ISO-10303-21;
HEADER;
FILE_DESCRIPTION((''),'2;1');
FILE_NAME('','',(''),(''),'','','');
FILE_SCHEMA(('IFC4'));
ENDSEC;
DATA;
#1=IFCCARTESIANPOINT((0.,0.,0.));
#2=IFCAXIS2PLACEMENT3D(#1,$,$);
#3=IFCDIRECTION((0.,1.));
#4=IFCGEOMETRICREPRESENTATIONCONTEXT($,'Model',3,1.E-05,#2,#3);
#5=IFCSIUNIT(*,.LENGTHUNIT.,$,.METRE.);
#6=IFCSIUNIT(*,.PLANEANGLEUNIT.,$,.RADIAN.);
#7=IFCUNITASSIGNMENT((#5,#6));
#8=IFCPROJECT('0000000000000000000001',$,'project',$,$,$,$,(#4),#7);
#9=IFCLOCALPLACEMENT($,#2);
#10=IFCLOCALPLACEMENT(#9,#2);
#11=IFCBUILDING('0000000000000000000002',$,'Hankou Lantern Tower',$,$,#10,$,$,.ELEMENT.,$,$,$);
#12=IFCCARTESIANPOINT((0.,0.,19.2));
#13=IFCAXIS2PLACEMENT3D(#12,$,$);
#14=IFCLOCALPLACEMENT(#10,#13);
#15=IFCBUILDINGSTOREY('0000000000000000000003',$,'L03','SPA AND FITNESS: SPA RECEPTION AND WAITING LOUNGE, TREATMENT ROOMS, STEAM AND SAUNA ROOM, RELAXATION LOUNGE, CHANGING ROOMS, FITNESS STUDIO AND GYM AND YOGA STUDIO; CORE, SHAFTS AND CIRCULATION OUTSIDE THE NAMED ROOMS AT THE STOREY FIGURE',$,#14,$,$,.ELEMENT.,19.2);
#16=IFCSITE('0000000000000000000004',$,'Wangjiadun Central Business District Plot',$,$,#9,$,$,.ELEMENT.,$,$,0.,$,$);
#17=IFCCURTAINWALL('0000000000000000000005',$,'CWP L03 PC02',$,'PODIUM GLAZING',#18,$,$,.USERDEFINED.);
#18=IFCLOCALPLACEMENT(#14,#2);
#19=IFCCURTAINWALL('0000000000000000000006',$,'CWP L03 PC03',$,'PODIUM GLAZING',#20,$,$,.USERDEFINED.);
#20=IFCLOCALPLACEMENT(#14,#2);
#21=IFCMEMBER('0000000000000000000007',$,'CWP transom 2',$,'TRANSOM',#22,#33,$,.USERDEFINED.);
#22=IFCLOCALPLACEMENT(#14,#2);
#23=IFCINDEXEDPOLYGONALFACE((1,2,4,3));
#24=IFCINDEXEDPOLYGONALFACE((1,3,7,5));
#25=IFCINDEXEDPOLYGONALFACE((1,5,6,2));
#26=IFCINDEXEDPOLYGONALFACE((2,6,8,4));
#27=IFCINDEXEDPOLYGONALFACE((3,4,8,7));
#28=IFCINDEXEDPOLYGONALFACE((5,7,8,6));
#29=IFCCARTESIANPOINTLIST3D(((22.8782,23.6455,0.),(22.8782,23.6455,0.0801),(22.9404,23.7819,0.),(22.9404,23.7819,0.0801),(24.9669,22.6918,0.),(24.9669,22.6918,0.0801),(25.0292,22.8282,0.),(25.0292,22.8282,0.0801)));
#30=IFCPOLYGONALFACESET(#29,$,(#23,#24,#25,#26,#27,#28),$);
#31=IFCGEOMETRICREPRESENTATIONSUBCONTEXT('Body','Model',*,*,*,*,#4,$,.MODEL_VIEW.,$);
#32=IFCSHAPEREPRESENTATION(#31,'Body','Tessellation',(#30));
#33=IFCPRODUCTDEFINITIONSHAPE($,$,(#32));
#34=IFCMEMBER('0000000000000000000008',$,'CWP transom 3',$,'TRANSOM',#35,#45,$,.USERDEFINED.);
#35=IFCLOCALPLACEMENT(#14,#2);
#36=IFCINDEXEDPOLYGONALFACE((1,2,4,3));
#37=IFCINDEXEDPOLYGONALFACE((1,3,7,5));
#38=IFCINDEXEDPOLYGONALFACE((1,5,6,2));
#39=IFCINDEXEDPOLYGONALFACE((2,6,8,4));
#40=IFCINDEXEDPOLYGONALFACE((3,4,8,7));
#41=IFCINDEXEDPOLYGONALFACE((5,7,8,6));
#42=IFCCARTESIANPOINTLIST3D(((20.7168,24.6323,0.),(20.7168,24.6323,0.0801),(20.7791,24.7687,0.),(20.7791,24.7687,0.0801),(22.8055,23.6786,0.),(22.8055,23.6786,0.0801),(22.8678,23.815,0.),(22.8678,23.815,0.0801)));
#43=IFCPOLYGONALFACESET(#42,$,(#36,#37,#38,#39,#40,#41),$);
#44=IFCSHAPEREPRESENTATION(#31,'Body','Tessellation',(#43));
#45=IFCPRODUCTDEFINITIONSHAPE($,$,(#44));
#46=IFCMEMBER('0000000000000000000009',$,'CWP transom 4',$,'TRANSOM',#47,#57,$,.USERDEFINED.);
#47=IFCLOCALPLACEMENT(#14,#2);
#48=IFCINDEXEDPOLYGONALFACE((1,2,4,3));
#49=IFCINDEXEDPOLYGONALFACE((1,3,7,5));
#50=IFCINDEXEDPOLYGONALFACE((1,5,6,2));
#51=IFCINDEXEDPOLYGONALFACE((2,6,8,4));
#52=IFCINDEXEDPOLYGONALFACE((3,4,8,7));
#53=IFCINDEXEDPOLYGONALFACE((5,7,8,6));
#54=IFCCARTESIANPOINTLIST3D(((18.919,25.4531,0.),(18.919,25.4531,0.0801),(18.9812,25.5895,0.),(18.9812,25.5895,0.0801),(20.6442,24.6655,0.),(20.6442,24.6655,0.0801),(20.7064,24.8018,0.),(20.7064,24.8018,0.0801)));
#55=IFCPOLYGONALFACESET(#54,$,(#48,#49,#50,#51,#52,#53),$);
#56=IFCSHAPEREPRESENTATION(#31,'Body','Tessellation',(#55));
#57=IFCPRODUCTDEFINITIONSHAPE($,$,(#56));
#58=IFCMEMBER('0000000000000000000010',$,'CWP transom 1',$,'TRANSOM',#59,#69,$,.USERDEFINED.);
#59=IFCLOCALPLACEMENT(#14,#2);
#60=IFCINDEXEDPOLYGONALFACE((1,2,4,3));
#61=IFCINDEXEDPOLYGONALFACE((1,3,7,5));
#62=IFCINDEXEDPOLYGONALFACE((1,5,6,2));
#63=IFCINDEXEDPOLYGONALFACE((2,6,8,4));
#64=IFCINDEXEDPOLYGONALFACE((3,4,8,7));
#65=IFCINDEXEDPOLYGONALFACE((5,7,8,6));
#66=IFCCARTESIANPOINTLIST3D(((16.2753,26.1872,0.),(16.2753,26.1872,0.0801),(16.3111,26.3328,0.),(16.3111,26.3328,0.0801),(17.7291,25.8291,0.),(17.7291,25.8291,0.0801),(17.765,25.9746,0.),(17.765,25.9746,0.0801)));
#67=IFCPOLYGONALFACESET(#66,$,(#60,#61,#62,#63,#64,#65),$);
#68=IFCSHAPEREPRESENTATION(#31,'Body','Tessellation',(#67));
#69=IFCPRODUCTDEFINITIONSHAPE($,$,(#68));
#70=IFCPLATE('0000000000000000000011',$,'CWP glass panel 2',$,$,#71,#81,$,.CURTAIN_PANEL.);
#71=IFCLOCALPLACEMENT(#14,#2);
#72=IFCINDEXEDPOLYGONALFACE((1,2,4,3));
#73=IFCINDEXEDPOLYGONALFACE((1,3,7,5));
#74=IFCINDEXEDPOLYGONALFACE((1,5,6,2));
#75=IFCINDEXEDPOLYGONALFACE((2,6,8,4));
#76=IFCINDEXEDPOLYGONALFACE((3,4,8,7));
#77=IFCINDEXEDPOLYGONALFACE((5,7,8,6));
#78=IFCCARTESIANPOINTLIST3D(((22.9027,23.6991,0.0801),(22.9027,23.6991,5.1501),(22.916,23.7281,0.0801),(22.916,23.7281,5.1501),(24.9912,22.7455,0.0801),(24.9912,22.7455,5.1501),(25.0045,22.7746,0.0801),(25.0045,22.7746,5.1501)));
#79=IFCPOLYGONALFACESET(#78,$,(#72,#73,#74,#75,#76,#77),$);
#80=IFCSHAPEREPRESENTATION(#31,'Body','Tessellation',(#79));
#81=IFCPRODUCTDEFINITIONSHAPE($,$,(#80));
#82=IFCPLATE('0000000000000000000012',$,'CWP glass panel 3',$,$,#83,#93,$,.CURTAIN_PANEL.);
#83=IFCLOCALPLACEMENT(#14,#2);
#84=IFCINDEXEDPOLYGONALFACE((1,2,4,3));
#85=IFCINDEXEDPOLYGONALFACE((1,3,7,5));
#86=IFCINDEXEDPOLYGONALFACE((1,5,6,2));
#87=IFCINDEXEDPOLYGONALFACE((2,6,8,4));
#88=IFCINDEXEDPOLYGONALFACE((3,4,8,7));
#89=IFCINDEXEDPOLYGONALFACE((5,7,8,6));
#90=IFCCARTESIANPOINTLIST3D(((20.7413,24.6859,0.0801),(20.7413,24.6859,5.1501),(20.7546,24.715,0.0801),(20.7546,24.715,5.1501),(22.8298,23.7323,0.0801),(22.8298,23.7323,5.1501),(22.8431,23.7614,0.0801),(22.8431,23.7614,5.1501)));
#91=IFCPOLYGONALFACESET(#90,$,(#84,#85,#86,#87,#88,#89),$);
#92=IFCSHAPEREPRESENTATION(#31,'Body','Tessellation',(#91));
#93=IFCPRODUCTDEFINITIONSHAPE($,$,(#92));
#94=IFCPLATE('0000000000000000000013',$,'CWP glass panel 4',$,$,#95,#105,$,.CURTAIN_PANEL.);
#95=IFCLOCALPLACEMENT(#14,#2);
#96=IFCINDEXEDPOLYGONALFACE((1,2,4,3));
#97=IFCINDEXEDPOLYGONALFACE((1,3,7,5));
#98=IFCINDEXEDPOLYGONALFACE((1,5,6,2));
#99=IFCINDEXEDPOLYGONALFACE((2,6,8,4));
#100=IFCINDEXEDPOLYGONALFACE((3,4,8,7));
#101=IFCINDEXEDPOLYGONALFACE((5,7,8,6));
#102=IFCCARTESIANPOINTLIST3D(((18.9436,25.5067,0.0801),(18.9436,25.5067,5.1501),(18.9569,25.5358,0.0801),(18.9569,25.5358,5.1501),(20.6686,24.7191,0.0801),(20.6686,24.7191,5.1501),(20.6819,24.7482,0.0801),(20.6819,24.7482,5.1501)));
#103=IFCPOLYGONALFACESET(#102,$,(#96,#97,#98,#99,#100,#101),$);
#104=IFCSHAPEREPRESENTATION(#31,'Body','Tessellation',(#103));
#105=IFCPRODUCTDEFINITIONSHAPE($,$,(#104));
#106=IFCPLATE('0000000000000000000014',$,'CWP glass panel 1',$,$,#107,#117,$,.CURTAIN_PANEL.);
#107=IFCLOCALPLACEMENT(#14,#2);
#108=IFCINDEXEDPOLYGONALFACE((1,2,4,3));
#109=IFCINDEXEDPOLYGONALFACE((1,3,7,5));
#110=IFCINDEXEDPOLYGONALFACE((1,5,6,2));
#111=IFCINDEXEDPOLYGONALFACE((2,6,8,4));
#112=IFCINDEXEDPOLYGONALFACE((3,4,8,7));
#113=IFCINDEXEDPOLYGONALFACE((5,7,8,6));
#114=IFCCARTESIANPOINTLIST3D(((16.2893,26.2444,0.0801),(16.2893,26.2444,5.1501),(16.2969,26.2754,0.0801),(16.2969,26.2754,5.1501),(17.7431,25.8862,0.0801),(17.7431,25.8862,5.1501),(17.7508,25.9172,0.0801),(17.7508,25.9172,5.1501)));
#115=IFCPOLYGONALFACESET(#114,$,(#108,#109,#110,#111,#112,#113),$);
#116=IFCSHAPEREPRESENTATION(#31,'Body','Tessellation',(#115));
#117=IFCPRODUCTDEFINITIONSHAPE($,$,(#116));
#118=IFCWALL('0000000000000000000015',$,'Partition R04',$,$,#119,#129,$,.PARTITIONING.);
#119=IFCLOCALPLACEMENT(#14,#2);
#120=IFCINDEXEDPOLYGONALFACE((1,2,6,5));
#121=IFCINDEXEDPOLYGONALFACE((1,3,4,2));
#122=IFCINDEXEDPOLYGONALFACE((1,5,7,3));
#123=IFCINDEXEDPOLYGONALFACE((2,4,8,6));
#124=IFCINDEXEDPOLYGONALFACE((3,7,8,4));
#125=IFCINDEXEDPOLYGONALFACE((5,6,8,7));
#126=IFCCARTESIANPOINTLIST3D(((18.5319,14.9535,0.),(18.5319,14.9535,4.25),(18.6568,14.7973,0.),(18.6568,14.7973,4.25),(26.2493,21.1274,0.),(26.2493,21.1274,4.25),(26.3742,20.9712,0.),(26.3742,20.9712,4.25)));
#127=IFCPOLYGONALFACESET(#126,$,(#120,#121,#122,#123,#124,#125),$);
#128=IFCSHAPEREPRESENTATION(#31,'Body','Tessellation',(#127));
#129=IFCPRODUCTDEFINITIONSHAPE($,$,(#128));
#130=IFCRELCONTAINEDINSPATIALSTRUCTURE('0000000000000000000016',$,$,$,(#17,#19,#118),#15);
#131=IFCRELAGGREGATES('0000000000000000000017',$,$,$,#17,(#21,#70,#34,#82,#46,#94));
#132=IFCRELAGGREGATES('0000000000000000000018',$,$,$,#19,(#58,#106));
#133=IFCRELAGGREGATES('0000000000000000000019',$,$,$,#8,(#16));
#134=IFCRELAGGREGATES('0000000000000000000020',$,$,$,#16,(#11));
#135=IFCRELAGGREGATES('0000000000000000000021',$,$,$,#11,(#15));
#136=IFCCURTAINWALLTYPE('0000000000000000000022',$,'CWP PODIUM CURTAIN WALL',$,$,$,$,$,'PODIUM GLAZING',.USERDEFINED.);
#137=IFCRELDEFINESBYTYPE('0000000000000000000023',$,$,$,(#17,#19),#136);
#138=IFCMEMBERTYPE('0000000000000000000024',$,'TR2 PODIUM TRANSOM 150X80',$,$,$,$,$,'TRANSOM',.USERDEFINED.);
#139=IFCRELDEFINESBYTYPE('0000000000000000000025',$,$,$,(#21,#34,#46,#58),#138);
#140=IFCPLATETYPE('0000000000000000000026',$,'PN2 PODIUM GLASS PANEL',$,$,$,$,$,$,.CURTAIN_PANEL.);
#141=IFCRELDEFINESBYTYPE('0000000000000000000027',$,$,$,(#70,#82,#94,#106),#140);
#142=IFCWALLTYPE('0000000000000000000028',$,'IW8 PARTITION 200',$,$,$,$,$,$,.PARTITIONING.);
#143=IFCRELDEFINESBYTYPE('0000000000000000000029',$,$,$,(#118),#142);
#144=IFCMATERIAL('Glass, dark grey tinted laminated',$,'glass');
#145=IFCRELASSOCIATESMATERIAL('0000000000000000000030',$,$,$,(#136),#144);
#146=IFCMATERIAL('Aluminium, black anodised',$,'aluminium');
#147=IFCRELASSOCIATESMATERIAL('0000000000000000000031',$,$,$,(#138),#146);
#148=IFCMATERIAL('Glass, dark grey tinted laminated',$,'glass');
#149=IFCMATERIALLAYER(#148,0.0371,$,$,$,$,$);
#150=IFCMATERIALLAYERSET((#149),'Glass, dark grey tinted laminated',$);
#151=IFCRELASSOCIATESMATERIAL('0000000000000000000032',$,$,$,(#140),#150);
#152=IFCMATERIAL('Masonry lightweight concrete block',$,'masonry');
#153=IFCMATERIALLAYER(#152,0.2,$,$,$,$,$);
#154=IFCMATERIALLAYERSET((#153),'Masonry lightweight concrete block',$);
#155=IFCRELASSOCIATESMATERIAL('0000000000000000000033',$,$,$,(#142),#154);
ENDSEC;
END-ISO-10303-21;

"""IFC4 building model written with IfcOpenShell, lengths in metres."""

from ifc_helpers import new_model, si_unit, direction, frame, frame_2d, origin, origin_2d, place, context, subcontext, project, spatial, rectangle, extrude, material, layer, layer_set, material_profile, profile_set, type_object, element, aggregate, save


model = new_model("IFC4")

# Units and contexts
model_context = context("Model", 3, precision=1e-05, world=origin(), true_north=direction((0.0, 1.0)))
body_context = subcontext(model_context, "Body", "Model", "MODEL_VIEW")
ifc_project = project(units=[si_unit("LENGTHUNIT", "METRE"), si_unit("PLANEANGLEUNIT", "RADIAN")], contexts=[model_context])

# Site, building, storey
site_placement = place(None, origin())
site = spatial("IfcSite", under=ifc_project, at=site_placement, Name="Wangjiadun Central Business District Plot", CompositionType="ELEMENT", RefElevation=0.0)
building_placement = place(site_placement, origin())
building = spatial("IfcBuilding", under=site, at=building_placement, Name="Hankou Lantern Tower", CompositionType="ELEMENT")
storey_placement = place(building_placement, frame((0.0, 0.0, 19.2)))
storey = spatial("IfcBuildingStorey", under=building, at=storey_placement, Name="L03", Description="SPA AND FITNESS: SPA RECEPTION AND WAITING LOUNGE, TREATMENT ROOMS, STEAM AND SAUNA ROOM, RELAXATION LOUNGE, CHANGING ROOMS, FITNESS STUDIO AND GYM AND YOGA STUDIO; CORE, SHAFTS AND CIRCULATION OUTSIDE THE NAMED ROOMS AT THE STOREY FIGURE", CompositionType="ELEMENT", Elevation=19.2)

# Curtain wall
ifc_material_1 = material(Name="Glass, dark grey tinted laminated", Category="glass")
curtain_wall_type = type_object("IfcCurtainWallType", Name="CWP PODIUM CURTAIN WALL", ElementType="PODIUM GLAZING", PredefinedType="USERDEFINED", material=ifc_material_1)
curtain_wall_1_placement = place(storey_placement, origin())
curtain_wall_1 = element("IfcCurtainWall", 1, at=curtain_wall_1_placement, inside=storey, type_object=curtain_wall_type, Name="CWP L03 PC02", ObjectType="PODIUM GLAZING", PredefinedType="USERDEFINED")

# Curtain wall
curtain_wall_2_placement = place(storey_placement, origin())
curtain_wall_2 = element("IfcCurtainWall", 2, at=curtain_wall_2_placement, inside=storey, type_object=curtain_wall_type, Name="CWP L03 PC03", ObjectType="PODIUM GLAZING", PredefinedType="USERDEFINED")

# Members
ifc_material_2 = material(Name="Aluminium, black anodised", Category="aluminium")
ifc_material_profile_1 = material_profile(ifc_material_2, rectangle(XDim=0.1499, YDim=0.0801, at=origin_2d()), Name="TR2 150X80")
ifc_profile_set_1 = profile_set([ifc_material_profile_1], Name="Aluminium, black anodised")
member_type_1 = type_object("IfcMemberType", Name="TR2 PODIUM TRANSOM 150X80", ElementType="TRANSOM", PredefinedType="USERDEFINED", material=ifc_profile_set_1)
member_1_placement = place(storey_placement, frame((24.998, 22.76, 0.04), z_axis=(-0.90967, 0.415333, 0.0), x_axis=(-0.415333, -0.90967, 0.0)))
member_1 = element("IfcMember", 3, at=member_1_placement, type_object=member_type_1, Name="CWP transom 2", ObjectType="TRANSOM", PredefinedType="USERDEFINED", context=body_context, shape_type="SweptSolid", body=[
    extrude(rectangle(XDim=0.1499, YDim=0.0801, at=origin_2d()), origin(), (0.0, 0.0, 1.0), 2.2961),
])
member_2_placement = place(storey_placement, frame((22.8367, 23.7468, 0.04), z_axis=(-0.90967, 0.415333, 0.0), x_axis=(-0.415333, -0.90967, 0.0)))
member_2 = element("IfcMember", 4, at=member_2_placement, type_object=member_type_1, Name="CWP transom 3", ObjectType="TRANSOM", PredefinedType="USERDEFINED", context=body_context, shape_type="SweptSolid", body=[
    extrude(rectangle(XDim=0.1499, YDim=0.0801, at=origin_2d()), origin(), (0.0, 0.0, 1.0), 2.2961),
])
member_3_placement = place(storey_placement, frame((20.6753, 24.7336, 0.04), z_axis=(-0.909677, 0.415316, 0.0), x_axis=(-0.415316, -0.909677, 0.0)))
member_3 = element("IfcMember", 5, at=member_3_placement, type_object=member_type_1, Name="CWP transom 4", ObjectType="TRANSOM", PredefinedType="USERDEFINED", context=body_context, shape_type="SweptSolid", body=[
    extrude(rectangle(XDim=0.1499, YDim=0.0801, at=origin_2d()), origin(), (0.0, 0.0, 1.0), 1.8965),
])
member_4_placement = place(storey_placement, frame((17.7471, 25.9019, 0.04), z_axis=(-0.970971, 0.239196, 0.0), x_axis=(-0.239196, -0.970971, 0.0)))
member_4 = element("IfcMember", 6, at=member_4_placement, type_object=member_type_1, Name="CWP transom 1", ObjectType="TRANSOM", PredefinedType="USERDEFINED", context=body_context, shape_type="SweptSolid", body=[
    extrude(rectangle(XDim=0.1499, YDim=0.0801, at=origin_2d()), origin(), (0.0, 0.0, 1.0), 1.4973),
])

# Plates
ifc_material_3 = material(Name="Glass, dark grey tinted laminated", Category="glass")
ifc_layer_1 = layer(ifc_material_3, 0.0371)
ifc_layer_set_1 = layer_set([ifc_layer_1], Name="Glass, dark grey tinted laminated")
plate_type = type_object("IfcPlateType", Name="PN2 PODIUM GLASS PANEL", PredefinedType="CURTAIN_PANEL", material=ifc_layer_set_1)
plate_1_placement = place(storey_placement, frame((23.9536, 23.2368, 0.0801), z_axis=(0.0, 0.0, 1.0), x_axis=(-0.90967, 0.415332, 0.0)))
plate_1 = element("IfcPlate", 7, at=plate_1_placement, type_object=plate_type, Name="CWP glass panel 2", PredefinedType="CURTAIN_PANEL", context=body_context, shape_type="SweptSolid", body=[
    extrude(rectangle(XDim=2.2959, YDim=0.032, at=origin_2d()), origin(), (0.0, 0.0, 1.0), 5.0701),
])
plate_2_placement = place(storey_placement, frame((21.7922, 24.2236, 0.0801), z_axis=(0.0, 0.0, 1.0), x_axis=(-0.90967, 0.415332, 0.0)))
plate_2 = element("IfcPlate", 8, at=plate_2_placement, type_object=plate_type, Name="CWP glass panel 3", PredefinedType="CURTAIN_PANEL", context=body_context, shape_type="SweptSolid", body=[
    extrude(rectangle(XDim=2.2959, YDim=0.032, at=origin_2d()), origin(), (0.0, 0.0, 1.0), 5.0701),
])
plate_3_placement = place(storey_placement, frame((19.8127, 25.1274, 0.0801), z_axis=(0.0, 0.0, 1.0), x_axis=(-0.90967, 0.415332, 0.0)))
plate_3 = element("IfcPlate", 9, at=plate_3_placement, type_object=plate_type, Name="CWP glass panel 4", PredefinedType="CURTAIN_PANEL", context=body_context, shape_type="SweptSolid", body=[
    extrude(rectangle(XDim=1.8962, YDim=0.032, at=origin_2d()), origin(), (0.0, 0.0, 1.0), 5.0701),
])
aggregate(curtain_wall_1, [member_1, plate_1, member_2, plate_2, member_3, plate_3])
plate_4_placement = place(storey_placement, frame((17.02, 26.0808, 0.0801), z_axis=(0.0, 0.0, 1.0), x_axis=(-0.970961, 0.239238, 0.0)))
plate_4 = element("IfcPlate", 10, at=plate_4_placement, type_object=plate_type, Name="CWP glass panel 1", PredefinedType="CURTAIN_PANEL", context=body_context, shape_type="SweptSolid", body=[
    extrude(rectangle(XDim=1.4973, YDim=0.032, at=origin_2d()), origin(), (0.0, 0.0, 1.0), 5.0701),
])
aggregate(curtain_wall_2, [member_4, plate_4])

# Wall
ifc_material_4 = material(Name="Masonry lightweight concrete block", Category="masonry")
ifc_layer_2 = layer(ifc_material_4, 0.2)
ifc_layer_set_2 = layer_set([ifc_layer_2], Name="Masonry lightweight concrete block")
wall_type = type_object("IfcWallType", Name="IW8 PARTITION 200", PredefinedType="PARTITIONING", material=ifc_layer_set_2)
wall_placement = place(storey_placement, frame((18.5945, 14.8755, 0.0), z_axis=(0.0, 0.0, 1.0), x_axis=(0.780869, 0.624695, 0.0)))
element("IfcWall", 11, at=wall_placement, inside=storey, type_object=wall_type, Name="Partition R04", PredefinedType="PARTITIONING", context=body_context, shape_type="SweptSolid", body=[
    extrude(rectangle(XDim=9.8831, YDim=0.2, at=frame_2d((4.9414, 0.0))), origin(), (0.0, 0.0, 1.0), 4.25),
])

save(model, "model.ifc")
